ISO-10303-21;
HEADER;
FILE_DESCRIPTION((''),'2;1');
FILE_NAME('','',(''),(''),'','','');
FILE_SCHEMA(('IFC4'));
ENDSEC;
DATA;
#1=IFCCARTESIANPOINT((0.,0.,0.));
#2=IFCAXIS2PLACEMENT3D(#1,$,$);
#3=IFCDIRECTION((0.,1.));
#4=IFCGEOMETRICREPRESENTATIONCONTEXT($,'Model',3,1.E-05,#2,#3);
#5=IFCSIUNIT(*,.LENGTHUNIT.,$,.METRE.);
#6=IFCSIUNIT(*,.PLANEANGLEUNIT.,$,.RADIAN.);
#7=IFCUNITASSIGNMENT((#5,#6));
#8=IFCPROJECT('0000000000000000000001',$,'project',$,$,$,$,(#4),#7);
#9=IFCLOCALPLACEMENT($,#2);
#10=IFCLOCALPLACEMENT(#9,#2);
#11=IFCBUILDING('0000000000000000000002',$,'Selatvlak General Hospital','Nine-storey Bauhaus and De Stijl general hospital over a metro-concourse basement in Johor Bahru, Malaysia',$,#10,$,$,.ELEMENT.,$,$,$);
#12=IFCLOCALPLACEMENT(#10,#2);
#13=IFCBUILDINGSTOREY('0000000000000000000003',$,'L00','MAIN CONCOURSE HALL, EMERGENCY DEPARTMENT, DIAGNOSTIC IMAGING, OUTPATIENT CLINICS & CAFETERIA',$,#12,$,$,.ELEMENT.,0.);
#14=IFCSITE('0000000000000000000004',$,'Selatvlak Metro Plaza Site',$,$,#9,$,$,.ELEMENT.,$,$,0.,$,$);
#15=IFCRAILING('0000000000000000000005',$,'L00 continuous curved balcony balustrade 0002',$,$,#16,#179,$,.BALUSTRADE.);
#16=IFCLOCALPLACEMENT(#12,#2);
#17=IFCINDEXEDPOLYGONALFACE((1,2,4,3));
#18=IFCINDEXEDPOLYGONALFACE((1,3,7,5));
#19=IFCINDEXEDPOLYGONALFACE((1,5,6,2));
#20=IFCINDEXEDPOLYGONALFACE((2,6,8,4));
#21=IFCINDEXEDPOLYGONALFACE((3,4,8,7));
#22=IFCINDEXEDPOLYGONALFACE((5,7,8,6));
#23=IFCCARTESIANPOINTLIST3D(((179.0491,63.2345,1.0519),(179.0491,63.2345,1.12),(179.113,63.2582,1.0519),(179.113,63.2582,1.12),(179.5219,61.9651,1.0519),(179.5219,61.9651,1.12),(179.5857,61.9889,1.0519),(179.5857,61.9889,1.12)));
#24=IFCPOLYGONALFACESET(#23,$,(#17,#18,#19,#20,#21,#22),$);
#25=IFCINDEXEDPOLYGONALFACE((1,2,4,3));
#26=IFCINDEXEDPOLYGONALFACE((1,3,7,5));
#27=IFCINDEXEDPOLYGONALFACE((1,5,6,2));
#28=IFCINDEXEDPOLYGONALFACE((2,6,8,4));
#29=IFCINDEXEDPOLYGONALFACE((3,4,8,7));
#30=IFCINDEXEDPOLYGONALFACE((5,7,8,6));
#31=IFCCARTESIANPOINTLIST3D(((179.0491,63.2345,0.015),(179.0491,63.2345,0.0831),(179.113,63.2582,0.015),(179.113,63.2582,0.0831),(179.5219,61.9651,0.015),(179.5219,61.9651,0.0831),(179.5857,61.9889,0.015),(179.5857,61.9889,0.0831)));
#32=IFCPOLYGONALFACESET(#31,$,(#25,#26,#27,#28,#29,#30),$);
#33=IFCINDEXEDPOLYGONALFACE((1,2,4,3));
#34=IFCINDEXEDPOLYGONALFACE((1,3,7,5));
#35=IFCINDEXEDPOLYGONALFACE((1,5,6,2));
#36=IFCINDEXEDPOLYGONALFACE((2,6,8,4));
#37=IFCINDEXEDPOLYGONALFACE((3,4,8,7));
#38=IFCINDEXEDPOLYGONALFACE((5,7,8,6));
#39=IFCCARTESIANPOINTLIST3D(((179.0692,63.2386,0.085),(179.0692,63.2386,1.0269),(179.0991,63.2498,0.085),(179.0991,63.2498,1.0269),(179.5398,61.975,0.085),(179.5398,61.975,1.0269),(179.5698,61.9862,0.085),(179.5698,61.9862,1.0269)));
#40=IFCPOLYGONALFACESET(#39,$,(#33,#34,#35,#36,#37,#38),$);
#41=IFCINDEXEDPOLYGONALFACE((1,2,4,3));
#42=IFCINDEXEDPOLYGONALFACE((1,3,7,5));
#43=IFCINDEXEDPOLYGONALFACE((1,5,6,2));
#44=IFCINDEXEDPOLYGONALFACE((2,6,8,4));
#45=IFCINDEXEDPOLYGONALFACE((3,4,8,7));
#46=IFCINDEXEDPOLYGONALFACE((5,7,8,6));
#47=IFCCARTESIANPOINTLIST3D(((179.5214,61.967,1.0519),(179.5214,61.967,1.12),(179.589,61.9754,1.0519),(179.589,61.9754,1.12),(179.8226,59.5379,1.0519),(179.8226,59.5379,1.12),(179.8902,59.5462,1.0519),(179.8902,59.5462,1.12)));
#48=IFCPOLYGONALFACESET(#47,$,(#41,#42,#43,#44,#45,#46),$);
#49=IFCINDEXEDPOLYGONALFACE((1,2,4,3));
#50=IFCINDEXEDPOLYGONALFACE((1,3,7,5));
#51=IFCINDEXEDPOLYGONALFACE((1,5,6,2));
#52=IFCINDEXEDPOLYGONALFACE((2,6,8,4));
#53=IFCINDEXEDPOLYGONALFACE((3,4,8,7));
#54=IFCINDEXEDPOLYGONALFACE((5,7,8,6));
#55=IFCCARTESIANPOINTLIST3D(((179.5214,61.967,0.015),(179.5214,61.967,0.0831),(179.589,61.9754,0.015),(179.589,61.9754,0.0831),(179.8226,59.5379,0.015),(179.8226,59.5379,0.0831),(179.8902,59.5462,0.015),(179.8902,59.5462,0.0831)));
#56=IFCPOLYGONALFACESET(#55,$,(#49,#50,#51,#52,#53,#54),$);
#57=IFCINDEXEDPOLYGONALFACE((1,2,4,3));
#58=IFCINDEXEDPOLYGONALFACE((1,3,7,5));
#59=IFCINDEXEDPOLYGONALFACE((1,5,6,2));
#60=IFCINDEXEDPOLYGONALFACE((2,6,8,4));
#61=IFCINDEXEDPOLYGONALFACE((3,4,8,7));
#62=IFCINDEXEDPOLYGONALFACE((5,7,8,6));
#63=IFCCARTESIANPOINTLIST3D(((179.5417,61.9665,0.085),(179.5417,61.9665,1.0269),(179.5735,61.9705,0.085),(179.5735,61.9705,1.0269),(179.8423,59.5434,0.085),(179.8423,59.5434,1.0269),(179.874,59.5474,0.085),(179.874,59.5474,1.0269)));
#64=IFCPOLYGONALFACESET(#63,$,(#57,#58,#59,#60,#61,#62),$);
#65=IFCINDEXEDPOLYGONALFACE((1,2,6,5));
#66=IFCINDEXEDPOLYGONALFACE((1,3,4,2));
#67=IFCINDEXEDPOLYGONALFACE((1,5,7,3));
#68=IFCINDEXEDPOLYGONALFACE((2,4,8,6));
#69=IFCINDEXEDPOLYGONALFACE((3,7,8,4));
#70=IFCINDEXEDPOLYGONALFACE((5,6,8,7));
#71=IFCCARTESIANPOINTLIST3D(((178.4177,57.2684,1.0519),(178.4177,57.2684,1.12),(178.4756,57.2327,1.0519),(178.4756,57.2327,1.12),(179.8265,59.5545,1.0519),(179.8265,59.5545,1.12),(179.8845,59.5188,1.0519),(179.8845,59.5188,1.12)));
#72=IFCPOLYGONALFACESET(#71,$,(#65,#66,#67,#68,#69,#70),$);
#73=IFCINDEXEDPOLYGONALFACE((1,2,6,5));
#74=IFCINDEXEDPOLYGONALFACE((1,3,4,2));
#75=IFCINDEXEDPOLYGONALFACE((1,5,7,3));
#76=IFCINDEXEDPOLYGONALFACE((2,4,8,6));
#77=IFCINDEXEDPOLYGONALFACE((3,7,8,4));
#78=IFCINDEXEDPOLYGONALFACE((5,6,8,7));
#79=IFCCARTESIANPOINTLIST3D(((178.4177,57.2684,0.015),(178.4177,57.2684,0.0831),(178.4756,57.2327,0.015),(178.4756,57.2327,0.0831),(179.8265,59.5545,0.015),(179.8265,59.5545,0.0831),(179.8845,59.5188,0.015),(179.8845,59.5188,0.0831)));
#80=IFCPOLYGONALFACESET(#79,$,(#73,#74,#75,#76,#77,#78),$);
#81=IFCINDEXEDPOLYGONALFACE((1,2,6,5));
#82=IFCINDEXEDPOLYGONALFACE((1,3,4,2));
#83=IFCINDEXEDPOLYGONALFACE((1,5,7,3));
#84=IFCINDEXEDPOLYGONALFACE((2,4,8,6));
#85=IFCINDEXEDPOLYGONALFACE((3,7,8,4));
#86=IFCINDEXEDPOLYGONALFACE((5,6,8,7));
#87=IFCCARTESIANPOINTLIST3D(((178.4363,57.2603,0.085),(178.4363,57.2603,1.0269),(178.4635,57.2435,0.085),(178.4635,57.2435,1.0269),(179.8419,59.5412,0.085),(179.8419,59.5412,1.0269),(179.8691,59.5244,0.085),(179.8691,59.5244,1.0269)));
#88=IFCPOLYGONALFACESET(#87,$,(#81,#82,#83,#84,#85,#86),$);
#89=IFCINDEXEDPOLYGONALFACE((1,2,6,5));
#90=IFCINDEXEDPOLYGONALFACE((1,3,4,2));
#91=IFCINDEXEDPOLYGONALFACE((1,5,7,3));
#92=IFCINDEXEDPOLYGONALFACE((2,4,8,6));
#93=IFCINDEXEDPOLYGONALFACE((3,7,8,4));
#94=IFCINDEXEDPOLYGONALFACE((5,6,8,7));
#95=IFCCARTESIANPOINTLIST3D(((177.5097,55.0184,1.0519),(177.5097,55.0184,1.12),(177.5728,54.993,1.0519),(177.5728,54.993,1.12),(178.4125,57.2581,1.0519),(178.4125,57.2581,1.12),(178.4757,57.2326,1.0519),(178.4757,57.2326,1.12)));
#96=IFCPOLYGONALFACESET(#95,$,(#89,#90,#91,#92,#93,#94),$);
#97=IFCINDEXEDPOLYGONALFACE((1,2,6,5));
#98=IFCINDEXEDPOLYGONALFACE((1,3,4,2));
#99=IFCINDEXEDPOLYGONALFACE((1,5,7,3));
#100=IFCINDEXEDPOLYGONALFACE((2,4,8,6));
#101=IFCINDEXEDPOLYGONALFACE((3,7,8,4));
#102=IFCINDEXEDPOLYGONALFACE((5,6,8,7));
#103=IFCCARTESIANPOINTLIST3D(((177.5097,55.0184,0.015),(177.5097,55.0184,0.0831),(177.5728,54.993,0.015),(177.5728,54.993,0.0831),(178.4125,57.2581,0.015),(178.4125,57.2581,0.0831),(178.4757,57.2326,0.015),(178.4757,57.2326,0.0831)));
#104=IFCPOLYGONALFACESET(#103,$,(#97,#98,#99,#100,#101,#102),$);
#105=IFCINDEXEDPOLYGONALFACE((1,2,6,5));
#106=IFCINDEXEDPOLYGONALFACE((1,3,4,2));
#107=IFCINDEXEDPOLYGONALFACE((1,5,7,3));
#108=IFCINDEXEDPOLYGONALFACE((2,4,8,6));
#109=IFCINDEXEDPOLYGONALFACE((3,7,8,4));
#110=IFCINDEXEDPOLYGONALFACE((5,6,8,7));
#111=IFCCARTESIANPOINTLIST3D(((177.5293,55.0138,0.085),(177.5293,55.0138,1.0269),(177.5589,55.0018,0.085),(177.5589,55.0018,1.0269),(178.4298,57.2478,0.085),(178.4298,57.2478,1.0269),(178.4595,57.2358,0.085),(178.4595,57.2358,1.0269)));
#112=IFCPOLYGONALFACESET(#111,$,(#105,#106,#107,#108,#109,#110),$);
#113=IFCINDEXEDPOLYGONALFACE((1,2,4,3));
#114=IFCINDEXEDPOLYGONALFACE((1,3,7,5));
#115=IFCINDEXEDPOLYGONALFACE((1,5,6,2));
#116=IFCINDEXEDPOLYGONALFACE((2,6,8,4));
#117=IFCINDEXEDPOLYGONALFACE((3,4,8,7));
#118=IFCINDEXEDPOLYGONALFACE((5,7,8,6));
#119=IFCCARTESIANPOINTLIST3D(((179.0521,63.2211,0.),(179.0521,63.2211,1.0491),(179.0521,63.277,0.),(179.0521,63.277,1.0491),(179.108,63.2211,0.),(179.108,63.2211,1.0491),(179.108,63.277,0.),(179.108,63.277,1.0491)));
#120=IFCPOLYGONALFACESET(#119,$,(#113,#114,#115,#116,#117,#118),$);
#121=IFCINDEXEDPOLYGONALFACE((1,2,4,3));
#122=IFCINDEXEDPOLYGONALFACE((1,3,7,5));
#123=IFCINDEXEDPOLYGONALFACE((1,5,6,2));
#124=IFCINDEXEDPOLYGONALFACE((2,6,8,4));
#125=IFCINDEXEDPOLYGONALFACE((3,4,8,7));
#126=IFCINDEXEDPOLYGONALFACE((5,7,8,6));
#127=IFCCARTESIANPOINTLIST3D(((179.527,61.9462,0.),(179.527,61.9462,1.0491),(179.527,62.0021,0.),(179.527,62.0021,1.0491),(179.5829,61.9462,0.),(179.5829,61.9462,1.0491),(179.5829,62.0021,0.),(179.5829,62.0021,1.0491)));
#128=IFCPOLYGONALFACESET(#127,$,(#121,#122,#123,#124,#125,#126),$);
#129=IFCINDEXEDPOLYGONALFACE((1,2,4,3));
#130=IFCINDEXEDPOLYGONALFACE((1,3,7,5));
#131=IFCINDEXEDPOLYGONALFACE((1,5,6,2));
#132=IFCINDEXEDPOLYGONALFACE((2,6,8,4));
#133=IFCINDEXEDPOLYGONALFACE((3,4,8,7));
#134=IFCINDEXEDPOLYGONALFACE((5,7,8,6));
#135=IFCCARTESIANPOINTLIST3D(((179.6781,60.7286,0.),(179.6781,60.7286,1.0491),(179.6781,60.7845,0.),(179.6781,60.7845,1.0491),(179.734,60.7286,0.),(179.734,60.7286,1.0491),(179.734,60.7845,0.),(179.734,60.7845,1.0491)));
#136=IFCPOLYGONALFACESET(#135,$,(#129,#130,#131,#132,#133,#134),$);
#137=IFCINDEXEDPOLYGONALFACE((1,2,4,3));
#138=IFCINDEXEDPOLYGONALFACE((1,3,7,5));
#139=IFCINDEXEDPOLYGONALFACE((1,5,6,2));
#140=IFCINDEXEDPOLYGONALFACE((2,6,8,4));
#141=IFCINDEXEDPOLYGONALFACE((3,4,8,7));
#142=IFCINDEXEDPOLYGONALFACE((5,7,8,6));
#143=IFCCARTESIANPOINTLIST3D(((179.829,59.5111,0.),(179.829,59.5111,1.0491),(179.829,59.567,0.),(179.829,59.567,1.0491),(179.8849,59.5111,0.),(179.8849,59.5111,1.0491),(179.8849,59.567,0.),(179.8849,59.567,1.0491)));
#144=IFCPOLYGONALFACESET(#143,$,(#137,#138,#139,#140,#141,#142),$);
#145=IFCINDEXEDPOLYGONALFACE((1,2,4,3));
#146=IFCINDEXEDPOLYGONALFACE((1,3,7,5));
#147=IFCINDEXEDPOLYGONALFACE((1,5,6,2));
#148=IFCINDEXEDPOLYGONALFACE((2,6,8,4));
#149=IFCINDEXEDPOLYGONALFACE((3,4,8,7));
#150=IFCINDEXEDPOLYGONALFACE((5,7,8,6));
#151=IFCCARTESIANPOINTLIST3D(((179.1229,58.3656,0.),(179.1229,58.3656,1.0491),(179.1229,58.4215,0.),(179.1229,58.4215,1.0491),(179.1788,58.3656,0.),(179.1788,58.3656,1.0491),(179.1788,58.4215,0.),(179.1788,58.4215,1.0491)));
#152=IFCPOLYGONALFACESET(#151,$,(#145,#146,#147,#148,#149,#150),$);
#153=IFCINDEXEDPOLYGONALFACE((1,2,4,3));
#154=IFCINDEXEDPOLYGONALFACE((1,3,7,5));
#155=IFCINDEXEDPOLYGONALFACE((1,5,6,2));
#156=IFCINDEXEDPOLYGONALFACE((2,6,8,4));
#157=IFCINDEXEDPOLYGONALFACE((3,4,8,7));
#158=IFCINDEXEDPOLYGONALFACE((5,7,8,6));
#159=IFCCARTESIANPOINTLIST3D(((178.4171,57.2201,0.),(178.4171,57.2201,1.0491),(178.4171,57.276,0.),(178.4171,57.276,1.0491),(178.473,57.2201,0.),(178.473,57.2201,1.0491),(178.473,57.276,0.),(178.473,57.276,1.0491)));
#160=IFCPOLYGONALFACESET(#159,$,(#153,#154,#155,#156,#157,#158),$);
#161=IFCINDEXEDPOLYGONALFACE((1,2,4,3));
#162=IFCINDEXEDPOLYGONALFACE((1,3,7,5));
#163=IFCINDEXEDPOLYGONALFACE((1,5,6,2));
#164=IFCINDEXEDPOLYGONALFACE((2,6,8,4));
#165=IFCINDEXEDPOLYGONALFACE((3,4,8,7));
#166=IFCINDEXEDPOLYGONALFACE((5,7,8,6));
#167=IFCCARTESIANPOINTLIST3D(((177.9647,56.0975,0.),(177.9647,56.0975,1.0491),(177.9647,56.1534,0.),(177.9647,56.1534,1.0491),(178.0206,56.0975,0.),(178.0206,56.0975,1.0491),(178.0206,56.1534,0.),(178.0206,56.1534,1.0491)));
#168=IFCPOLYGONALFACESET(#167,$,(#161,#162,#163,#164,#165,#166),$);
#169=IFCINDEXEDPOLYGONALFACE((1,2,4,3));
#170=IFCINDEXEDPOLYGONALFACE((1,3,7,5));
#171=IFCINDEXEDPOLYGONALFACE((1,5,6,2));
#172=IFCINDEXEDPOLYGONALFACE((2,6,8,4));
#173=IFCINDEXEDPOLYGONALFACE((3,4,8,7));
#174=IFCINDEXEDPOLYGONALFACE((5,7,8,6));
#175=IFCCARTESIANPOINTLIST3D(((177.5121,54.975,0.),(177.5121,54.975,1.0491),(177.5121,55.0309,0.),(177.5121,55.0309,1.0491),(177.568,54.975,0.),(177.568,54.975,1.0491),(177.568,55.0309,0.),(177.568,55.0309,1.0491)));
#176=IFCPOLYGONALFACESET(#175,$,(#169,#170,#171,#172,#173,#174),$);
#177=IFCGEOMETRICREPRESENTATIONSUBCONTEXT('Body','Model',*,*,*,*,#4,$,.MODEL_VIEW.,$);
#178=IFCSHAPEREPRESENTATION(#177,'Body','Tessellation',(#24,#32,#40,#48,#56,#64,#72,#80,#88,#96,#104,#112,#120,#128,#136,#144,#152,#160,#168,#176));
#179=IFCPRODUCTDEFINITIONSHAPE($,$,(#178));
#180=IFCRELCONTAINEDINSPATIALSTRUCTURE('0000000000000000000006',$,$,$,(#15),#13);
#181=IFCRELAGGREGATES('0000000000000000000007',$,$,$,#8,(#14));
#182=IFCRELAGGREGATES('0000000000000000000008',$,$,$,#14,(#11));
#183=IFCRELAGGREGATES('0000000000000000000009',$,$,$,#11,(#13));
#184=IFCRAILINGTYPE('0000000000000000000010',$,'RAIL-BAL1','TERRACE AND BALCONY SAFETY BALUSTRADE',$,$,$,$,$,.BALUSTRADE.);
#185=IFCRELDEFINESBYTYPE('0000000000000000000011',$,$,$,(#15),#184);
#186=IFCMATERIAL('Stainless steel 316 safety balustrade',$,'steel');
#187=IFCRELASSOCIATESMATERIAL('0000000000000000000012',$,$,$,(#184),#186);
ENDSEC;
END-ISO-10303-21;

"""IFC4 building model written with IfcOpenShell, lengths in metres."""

from ifc_helpers import new_model, si_unit, direction, frame, origin, origin_2d, place, context, subcontext, project, spatial, polyline, rectangle, outline, extrude, material, type_object, element, save


model = new_model("IFC4")

# Units and contexts
model_context = context("Model", 3, precision=1e-05, world=origin(), true_north=direction((0.0, 1.0)))
body_context = subcontext(model_context, "Body", "Model", "MODEL_VIEW")
ifc_project = project(units=[si_unit("LENGTHUNIT", "METRE"), si_unit("PLANEANGLEUNIT", "RADIAN")], contexts=[model_context])

# Site, building, storey
site_placement = place(None, origin())
site = spatial("IfcSite", under=ifc_project, at=site_placement, Name="Selatvlak Metro Plaza Site", CompositionType="ELEMENT", RefElevation=0.0)
building_placement = place(site_placement, origin())
building = spatial("IfcBuilding", under=site, at=building_placement, Name="Selatvlak General Hospital", Description="Nine-storey Bauhaus and De Stijl general hospital over a metro-concourse basement in Johor Bahru, Malaysia", CompositionType="ELEMENT")
storey_placement = place(building_placement, origin())
storey = spatial("IfcBuildingStorey", under=building, at=storey_placement, Name="L00", Description="MAIN CONCOURSE HALL, EMERGENCY DEPARTMENT, DIAGNOSTIC IMAGING, OUTPATIENT CLINICS & CAFETERIA", CompositionType="ELEMENT", Elevation=0.0)

# Railing
ifc_material_1 = material(Name="Stainless steel 316 safety balustrade", Category="steel")
railing_type = type_object("IfcRailingType", Name="RAIL-BAL1", Description="TERRACE AND BALCONY SAFETY BALUSTRADE", PredefinedType="BALUSTRADE", material=ifc_material_1)
railing_placement = place(storey_placement, frame((179.0801, 63.249, 0.0)))
element("IfcRailing", 1, at=railing_placement, inside=storey, type_object=railing_type, Name="L00 continuous curved balcony balustrade 0002", PredefinedType="BALUSTRADE", context=body_context, shape_type="SweptSolid", body=[
    extrude(rectangle(XDim=0.0681, YDim=0.0681, at=origin_2d()), frame((0.001, -0.0027, 1.0859), z_axis=(0.349038, -0.937109, 0.0), x_axis=(0.937109, 0.349038, 0.0)), (0.0, 0.0, 1.0), 1.3545),
    extrude(rectangle(XDim=0.0681, YDim=0.0681, at=origin_2d()), frame((0.001, -0.0027, 0.0491), z_axis=(0.349038, -0.937109, 0.0), x_axis=(0.937109, 0.349038, 0.0)), (0.0, 0.0, 1.0), 1.3545),
    extrude(outline(polyline([(0.0, 0.0), (1.3484, 0.0), (1.3484, 0.9419), (0.0, 0.9419), (0.0, 0.0)])), frame((0.019, 0.0007, 0.085), z_axis=(-0.937109, -0.349038, 0.0), x_axis=(0.349038, -0.937109, 0.0)), (0.0, 0.0, 1.0), 0.032),
    extrude(rectangle(XDim=0.0681, YDim=0.0681, at=origin_2d()), frame((0.4751, -1.2778, 1.0859), z_axis=(0.123079, -0.992397, 0.0), x_axis=(0.992397, 0.123079, 0.0)), (0.0, 0.0, 1.0), 2.4478),
    extrude(rectangle(XDim=0.0681, YDim=0.0681, at=origin_2d()), frame((0.4751, -1.2778, 0.0491), z_axis=(0.123079, -0.992397, 0.0), x_axis=(0.992397, 0.123079, 0.0)), (0.0, 0.0, 1.0), 2.4478),
    extrude(outline(polyline([(0.0, 0.0), (2.4417, 0.0), (2.4417, 0.9419), (0.0, 0.9419), (0.0, 0.0)])), frame((0.4934, -1.2786, 0.085), z_axis=(-0.992397, -0.123079, 0.0), x_axis=(0.123079, -0.992397, 0.0)), (0.0, 0.0, 1.0), 0.032),
    extrude(rectangle(XDim=0.0681, YDim=0.0681, at=origin_2d()), frame((0.7754, -3.7124, 1.0859), z_axis=(-0.524639, -0.851325, 0.0), x_axis=(0.851325, -0.524639, 0.0)), (0.0, 0.0, 1.0), 2.6853),
    extrude(rectangle(XDim=0.0681, YDim=0.0681, at=origin_2d()), frame((0.7754, -3.7124, 0.0491), z_axis=(-0.524639, -0.851325, 0.0), x_axis=(0.851325, -0.524639, 0.0)), (0.0, 0.0, 1.0), 2.6853),
    extrude(outline(polyline([(0.0, 0.0), (2.6792, 0.0), (2.6792, 0.9419), (0.0, 0.9419), (0.0, 0.0)])), frame((0.7891, -3.7246, 0.085), z_axis=(-0.851325, 0.524639, 0.0), x_axis=(-0.524639, -0.851325, 0.0)), (0.0, 0.0, 1.0), 0.032),
    extrude(rectangle(XDim=0.0681, YDim=0.0681, at=origin_2d()), frame((-0.636, -6.0037, 1.0859), z_axis=(-0.373876, -0.927479, 0.0), x_axis=(0.927479, -0.373876, 0.0)), (0.0, 0.0, 1.0), 2.4148),
    extrude(rectangle(XDim=0.0681, YDim=0.0681, at=origin_2d()), frame((-0.636, -6.0037, 0.0491), z_axis=(-0.373876, -0.927479, 0.0), x_axis=(0.927479, -0.373876, 0.0)), (0.0, 0.0, 1.0), 2.4148),
    extrude(outline(polyline([(0.0, 0.0), (2.4087, 0.0), (2.4087, 0.9419), (0.0, 0.9419), (0.0, 0.0)])), frame((-0.6206, -6.0132, 0.085), z_axis=(-0.927479, 0.373876, 0.0), x_axis=(-0.373876, -0.927479, 0.0)), (0.0, 0.0, 1.0), 0.032),
    extrude(rectangle(XDim=0.0559, YDim=0.0559, at=origin_2d()), origin(), (0.0, 0.0, 1.0), 1.0491),
    extrude(rectangle(XDim=0.0559, YDim=0.0559, at=origin_2d()), frame((0.4749, -1.2749, 0.0)), (0.0, 0.0, 1.0), 1.0491),
    extrude(rectangle(XDim=0.0559, YDim=0.0559, at=origin_2d()), frame((0.626, -2.4924, 0.0)), (0.0, 0.0, 1.0), 1.0491),
    extrude(rectangle(XDim=0.0559, YDim=0.0559, at=origin_2d()), frame((0.7769, -3.71, 0.0)), (0.0, 0.0, 1.0), 1.0491),
    extrude(rectangle(XDim=0.0559, YDim=0.0559, at=origin_2d()), frame((0.0708, -4.8555, 0.0)), (0.0, 0.0, 1.0), 1.0491),
    extrude(rectangle(XDim=0.0559, YDim=0.0559, at=origin_2d()), frame((-0.635, -6.001, 0.0)), (0.0, 0.0, 1.0), 1.0491),
    extrude(rectangle(XDim=0.0559, YDim=0.0559, at=origin_2d()), frame((-1.0874, -7.1235, 0.0)), (0.0, 0.0, 1.0), 1.0491),
    extrude(rectangle(XDim=0.0559, YDim=0.0559, at=origin_2d()), frame((-1.54, -8.2461, 0.0)), (0.0, 0.0, 1.0), 1.0491),
])

save(model, "model.ifc")
